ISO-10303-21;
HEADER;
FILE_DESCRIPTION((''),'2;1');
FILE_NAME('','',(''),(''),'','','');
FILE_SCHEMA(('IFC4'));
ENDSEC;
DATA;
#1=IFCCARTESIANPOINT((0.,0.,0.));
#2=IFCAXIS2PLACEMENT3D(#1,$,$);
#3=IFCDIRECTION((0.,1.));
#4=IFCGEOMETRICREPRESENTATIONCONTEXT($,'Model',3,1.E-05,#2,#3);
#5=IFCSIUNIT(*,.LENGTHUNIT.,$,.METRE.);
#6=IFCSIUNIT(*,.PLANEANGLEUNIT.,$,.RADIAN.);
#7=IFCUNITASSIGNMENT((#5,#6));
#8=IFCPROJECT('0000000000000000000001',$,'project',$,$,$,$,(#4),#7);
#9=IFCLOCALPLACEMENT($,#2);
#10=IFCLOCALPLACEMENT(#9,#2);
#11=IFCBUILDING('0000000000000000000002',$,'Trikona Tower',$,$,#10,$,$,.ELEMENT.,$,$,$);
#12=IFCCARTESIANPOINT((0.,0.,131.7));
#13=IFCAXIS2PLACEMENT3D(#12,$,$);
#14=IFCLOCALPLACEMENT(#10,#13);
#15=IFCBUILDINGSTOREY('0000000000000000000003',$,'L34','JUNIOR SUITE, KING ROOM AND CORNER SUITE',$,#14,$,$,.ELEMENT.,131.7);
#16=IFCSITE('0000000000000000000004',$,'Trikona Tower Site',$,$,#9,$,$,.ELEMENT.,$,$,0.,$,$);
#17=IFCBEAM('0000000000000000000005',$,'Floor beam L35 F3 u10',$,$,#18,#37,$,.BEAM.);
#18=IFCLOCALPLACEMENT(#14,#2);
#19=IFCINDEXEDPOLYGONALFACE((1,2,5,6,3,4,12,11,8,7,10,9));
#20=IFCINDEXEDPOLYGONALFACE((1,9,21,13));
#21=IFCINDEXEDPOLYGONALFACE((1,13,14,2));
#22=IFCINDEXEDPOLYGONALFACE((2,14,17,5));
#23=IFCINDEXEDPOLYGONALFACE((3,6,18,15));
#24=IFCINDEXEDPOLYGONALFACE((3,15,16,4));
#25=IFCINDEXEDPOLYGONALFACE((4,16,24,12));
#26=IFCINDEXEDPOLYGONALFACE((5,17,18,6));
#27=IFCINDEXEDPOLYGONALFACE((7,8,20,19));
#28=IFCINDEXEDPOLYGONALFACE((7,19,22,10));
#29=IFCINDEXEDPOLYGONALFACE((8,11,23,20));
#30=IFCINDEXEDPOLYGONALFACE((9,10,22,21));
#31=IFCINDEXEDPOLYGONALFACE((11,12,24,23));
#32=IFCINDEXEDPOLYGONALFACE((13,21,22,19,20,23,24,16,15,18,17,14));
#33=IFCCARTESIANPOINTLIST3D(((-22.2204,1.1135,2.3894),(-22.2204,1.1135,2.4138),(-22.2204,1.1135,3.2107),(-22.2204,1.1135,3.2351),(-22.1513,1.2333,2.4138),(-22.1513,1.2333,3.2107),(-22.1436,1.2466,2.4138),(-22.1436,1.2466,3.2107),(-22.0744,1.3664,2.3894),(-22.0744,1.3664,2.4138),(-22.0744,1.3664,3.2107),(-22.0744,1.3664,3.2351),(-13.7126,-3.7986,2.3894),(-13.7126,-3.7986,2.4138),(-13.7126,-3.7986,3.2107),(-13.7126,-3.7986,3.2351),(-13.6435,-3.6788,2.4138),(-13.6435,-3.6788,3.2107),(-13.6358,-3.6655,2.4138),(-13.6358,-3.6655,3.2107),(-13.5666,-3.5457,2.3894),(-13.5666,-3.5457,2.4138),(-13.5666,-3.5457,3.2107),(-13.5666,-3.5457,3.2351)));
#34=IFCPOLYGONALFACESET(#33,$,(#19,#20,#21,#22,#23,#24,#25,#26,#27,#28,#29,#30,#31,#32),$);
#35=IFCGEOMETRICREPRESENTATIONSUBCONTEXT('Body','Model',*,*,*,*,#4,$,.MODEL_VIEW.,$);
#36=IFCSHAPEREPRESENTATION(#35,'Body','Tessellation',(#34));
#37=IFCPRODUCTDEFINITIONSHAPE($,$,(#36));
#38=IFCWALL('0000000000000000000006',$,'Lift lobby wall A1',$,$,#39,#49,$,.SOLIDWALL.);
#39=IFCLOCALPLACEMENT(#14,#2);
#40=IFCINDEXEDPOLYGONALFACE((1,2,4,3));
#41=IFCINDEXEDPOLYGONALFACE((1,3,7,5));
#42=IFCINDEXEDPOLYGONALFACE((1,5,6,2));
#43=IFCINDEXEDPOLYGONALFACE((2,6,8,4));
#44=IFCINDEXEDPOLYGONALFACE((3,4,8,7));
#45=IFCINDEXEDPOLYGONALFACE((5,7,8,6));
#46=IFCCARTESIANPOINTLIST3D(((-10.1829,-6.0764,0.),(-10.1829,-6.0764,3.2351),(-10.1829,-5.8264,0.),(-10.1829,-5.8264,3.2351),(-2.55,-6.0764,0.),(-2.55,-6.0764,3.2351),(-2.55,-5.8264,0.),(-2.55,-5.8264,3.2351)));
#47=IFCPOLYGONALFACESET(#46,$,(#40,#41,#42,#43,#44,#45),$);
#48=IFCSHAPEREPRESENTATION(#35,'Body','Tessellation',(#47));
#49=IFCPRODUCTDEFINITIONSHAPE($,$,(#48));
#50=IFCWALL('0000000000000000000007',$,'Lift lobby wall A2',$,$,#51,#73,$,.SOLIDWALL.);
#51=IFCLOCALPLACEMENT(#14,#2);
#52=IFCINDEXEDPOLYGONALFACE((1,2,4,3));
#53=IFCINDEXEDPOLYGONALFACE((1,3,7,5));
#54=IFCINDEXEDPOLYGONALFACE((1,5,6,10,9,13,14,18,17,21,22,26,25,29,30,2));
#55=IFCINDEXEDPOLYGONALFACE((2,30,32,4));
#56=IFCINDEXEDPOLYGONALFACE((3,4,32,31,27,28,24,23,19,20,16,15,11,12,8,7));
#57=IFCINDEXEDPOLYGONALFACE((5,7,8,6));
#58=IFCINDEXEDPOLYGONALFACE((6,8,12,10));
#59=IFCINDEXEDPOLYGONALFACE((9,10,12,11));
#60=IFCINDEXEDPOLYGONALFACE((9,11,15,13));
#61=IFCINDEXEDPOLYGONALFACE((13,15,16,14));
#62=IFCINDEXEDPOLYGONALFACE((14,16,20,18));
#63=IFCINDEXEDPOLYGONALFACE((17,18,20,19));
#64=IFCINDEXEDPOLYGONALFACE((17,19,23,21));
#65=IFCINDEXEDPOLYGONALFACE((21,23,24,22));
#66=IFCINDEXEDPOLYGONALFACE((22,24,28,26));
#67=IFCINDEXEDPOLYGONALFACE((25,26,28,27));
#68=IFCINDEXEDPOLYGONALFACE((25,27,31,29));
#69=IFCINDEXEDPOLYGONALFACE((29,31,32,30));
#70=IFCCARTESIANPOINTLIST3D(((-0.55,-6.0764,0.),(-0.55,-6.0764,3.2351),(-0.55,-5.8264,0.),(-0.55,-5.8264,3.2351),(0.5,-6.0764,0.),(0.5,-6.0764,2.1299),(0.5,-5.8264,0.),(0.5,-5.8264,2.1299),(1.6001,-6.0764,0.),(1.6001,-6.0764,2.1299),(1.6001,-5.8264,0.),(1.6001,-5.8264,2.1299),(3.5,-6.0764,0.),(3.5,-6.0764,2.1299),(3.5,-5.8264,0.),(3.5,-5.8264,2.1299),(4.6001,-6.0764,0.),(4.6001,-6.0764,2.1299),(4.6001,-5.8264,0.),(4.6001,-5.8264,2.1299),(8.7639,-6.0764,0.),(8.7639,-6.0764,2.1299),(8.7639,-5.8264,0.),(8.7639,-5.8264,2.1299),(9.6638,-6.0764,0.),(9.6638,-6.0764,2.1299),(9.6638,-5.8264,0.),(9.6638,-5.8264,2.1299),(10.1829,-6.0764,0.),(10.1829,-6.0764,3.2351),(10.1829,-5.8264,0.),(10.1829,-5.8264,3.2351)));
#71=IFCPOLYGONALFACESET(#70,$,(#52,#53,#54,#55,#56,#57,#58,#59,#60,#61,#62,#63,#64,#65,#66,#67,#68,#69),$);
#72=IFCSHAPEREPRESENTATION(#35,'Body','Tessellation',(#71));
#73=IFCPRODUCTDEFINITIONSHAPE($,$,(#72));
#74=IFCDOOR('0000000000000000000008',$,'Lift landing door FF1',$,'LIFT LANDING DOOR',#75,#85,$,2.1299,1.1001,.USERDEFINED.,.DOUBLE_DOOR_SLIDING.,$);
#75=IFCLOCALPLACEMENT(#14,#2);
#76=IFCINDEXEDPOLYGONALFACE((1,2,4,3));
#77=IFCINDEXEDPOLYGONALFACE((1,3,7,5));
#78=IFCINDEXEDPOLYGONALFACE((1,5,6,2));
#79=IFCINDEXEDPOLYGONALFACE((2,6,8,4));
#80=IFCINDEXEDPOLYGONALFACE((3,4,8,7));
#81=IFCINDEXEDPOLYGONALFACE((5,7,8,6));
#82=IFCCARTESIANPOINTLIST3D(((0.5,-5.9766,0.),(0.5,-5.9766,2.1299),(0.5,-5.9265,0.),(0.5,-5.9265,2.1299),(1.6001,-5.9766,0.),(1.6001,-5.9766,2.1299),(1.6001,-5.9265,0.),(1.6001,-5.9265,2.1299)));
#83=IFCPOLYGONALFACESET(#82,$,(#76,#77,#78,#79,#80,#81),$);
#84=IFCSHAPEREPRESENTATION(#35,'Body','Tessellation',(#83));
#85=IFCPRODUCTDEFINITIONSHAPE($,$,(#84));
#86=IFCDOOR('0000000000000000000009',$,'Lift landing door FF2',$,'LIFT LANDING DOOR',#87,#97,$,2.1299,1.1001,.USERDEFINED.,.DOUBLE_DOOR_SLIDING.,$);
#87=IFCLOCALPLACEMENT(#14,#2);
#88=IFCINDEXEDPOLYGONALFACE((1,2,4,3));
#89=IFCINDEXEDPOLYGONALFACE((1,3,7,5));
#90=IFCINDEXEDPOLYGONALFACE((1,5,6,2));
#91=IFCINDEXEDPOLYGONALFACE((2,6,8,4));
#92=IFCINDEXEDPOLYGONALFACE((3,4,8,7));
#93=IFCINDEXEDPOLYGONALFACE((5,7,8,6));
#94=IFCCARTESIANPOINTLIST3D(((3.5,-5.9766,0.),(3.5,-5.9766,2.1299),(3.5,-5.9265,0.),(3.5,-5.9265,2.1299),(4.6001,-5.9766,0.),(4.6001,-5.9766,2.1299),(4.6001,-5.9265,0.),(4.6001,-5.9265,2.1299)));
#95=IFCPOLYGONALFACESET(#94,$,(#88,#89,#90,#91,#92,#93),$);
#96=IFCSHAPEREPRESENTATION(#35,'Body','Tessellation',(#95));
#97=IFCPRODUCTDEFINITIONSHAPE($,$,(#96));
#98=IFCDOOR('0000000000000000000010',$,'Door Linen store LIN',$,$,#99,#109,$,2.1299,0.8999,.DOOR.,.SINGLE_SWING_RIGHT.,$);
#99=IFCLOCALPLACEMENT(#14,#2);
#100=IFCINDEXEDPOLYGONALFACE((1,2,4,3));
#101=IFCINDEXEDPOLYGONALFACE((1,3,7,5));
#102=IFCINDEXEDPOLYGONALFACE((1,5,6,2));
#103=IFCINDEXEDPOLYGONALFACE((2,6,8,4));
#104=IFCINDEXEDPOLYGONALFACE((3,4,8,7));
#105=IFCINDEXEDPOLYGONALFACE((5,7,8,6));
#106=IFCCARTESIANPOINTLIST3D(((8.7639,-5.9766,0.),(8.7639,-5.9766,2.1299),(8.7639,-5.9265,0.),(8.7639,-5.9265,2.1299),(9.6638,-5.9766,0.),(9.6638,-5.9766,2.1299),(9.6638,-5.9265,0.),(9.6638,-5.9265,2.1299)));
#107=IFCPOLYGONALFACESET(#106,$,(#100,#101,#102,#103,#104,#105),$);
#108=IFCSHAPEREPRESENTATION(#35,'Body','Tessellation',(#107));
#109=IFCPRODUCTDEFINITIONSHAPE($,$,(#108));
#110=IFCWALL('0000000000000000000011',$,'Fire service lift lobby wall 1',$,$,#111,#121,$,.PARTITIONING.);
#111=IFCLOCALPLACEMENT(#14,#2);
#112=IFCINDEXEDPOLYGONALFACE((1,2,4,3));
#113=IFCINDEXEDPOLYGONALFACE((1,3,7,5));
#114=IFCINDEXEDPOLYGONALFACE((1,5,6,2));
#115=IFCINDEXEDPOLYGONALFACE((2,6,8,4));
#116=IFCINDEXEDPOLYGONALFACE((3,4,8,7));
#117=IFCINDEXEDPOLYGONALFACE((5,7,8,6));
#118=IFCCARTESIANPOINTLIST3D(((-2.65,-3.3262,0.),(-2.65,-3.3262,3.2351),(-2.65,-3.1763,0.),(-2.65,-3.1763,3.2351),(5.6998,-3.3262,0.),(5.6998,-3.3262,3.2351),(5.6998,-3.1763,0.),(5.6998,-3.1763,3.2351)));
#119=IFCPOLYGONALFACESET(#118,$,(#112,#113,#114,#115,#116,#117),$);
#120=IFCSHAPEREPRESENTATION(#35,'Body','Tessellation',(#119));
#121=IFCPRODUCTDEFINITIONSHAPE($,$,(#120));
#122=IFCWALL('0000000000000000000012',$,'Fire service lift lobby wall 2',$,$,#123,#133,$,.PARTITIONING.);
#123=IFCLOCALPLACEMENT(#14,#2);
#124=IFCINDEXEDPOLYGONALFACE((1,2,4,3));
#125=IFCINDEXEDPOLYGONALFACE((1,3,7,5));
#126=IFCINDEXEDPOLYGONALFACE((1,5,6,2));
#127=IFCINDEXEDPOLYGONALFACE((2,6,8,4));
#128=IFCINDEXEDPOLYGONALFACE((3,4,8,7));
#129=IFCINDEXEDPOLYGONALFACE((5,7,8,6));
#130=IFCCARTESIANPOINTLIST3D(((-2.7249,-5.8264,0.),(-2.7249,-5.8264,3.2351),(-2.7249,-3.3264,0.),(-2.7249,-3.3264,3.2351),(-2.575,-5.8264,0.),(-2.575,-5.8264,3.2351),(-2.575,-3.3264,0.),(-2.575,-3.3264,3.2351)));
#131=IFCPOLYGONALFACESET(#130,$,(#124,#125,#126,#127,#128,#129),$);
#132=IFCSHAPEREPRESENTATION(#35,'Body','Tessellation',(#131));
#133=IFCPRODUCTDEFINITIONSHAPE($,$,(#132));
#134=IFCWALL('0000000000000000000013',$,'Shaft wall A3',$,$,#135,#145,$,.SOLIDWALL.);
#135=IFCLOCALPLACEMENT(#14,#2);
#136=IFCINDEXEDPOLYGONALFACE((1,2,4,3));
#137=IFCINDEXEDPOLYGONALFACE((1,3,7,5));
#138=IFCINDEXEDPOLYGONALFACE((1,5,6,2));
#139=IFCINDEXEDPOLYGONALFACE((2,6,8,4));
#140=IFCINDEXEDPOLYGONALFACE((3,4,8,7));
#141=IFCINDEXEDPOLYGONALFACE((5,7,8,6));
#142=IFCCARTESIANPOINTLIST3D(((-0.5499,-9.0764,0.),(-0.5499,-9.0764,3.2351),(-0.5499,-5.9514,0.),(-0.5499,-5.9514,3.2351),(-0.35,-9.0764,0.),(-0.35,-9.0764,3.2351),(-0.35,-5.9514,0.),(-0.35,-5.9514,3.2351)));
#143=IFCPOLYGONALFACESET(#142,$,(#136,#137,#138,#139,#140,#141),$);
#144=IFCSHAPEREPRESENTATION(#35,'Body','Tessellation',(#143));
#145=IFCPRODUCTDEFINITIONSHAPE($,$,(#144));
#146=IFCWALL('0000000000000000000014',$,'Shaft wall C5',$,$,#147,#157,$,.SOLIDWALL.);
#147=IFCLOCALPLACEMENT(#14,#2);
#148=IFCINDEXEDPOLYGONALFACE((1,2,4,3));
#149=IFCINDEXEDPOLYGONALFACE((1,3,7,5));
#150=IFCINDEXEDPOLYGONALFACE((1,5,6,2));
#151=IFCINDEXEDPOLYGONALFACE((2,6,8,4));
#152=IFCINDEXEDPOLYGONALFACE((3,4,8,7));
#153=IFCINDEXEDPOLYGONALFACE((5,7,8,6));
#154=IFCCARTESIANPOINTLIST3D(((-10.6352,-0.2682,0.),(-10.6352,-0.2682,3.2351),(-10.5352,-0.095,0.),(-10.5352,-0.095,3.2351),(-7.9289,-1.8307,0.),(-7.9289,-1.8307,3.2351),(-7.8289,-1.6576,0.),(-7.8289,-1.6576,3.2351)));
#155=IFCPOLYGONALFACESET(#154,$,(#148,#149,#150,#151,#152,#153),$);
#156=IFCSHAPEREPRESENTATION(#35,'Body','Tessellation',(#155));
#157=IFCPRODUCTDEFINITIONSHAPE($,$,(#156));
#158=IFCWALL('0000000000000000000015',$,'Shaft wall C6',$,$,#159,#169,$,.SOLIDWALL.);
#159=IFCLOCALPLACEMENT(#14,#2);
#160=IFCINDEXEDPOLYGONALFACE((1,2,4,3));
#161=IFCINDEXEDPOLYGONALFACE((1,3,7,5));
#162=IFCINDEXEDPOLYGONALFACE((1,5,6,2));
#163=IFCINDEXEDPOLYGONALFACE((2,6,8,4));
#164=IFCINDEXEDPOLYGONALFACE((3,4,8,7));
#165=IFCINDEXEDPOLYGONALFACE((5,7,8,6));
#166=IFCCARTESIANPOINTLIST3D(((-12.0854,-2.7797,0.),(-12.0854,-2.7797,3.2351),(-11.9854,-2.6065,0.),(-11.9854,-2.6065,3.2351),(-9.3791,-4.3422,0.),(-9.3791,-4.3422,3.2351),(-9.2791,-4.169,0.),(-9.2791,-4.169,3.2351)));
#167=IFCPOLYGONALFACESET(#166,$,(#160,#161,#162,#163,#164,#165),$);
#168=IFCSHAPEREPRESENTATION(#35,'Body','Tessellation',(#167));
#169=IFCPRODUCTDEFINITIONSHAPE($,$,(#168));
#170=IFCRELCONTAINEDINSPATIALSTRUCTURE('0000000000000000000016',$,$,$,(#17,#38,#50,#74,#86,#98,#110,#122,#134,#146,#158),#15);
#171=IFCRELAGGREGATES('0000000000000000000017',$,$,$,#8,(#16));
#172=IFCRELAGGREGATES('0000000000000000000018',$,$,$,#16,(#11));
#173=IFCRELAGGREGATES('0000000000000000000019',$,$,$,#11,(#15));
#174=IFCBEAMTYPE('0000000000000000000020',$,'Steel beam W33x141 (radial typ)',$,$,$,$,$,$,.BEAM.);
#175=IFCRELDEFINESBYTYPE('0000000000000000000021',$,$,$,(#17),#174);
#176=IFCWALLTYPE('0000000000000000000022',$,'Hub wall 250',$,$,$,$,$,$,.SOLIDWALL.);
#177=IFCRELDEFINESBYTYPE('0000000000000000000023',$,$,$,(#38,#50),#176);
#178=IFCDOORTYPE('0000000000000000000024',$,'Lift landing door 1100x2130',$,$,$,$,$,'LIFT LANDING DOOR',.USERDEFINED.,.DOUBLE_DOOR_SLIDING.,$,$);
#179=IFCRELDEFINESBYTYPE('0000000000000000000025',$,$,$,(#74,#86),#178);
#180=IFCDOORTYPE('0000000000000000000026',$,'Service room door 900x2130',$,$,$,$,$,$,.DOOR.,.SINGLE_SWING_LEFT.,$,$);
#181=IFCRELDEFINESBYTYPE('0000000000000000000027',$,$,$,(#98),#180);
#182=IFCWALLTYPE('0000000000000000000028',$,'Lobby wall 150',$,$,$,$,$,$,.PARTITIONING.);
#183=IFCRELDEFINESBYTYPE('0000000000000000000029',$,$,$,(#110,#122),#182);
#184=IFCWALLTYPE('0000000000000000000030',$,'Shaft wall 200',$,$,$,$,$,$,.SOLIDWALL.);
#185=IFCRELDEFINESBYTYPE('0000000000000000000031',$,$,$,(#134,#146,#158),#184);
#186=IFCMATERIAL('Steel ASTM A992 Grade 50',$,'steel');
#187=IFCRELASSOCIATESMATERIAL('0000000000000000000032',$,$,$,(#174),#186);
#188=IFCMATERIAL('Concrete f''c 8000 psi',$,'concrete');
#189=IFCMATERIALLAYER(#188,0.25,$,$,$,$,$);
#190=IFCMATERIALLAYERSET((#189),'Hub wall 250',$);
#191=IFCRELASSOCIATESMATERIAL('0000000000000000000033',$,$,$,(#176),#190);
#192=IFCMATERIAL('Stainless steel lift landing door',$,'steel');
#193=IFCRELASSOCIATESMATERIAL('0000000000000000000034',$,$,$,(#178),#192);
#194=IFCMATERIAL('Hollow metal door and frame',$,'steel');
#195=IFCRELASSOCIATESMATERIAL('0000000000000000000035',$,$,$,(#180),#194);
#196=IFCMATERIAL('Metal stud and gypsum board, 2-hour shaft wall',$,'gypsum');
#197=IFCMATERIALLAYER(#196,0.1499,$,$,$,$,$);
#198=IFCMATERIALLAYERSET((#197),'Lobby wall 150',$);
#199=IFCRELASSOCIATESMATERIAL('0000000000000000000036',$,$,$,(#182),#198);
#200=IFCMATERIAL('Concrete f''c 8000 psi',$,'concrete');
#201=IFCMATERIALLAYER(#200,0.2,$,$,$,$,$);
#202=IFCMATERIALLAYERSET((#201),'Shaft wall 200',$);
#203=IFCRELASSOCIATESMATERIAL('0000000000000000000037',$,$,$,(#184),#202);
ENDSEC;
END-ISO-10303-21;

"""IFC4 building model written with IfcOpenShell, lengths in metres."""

from ifc_helpers import new_model, si_unit, direction, frame, frame_2d, origin, origin_2d, place, context, subcontext, project, spatial, rectangle, i_section, extrude, material, layer, layer_set, material_profile, profile_set, type_object, element, fill, save


model = new_model("IFC4")

# Units and contexts
model_context = context("Model", 3, precision=1e-05, world=origin(), true_north=direction((0.0, 1.0)))
body_context = subcontext(model_context, "Body", "Model", "MODEL_VIEW")
ifc_project = project(units=[si_unit("LENGTHUNIT", "METRE"), si_unit("PLANEANGLEUNIT", "RADIAN")], contexts=[model_context])

# Site, building, storey
site_placement = place(None, origin())
site = spatial("IfcSite", under=ifc_project, at=site_placement, Name="Trikona Tower Site", CompositionType="ELEMENT", RefElevation=0.0)
building_placement = place(site_placement, origin())
building = spatial("IfcBuilding", under=site, at=building_placement, Name="Trikona Tower", CompositionType="ELEMENT")
storey_placement = place(building_placement, frame((0.0, 0.0, 131.7)))
storey = spatial("IfcBuildingStorey", under=building, at=storey_placement, Name="L34", Description="JUNIOR SUITE, KING ROOM AND CORNER SUITE", CompositionType="ELEMENT", Elevation=131.7)

# Beam
ifc_material_1 = material(Name="Steel ASTM A992 Grade 50", Category="steel")
ifc_material_profile = material_profile(ifc_material_1, i_section(OverallWidth=0.292, OverallDepth=0.8457, WebThickness=0.0154, FlangeThickness=0.0244, at=origin_2d()), Name="W33X141")
ifc_profile_set = profile_set([ifc_material_profile], Name="Steel ASTM A992 Grade 50")
beam_type = type_object("IfcBeamType", Name="Steel beam W33x141 (radial typ)", PredefinedType="BEAM", material=ifc_profile_set)
beam_placement = place(storey_placement, frame((-13.6396, -3.6721, 2.8123), z_axis=(-0.86602, 0.500009, 0.0), x_axis=(-0.500009, -0.86602, 0.0)))
element("IfcBeam", 1, at=beam_placement, inside=storey, type_object=beam_type, Name="Floor beam L35 F3 u10", PredefinedType="BEAM", context=body_context, shape_type="SweptSolid", body=[
    extrude(i_section(OverallWidth=0.292, OverallDepth=0.8457, WebThickness=0.0154, FlangeThickness=0.0244, at=origin_2d()), origin(), (0.0, 0.0, 1.0), 9.824),
])

# Wall
ifc_material_2 = material(Name="Concrete f'c 8000 psi", Category="concrete")
ifc_layer_1 = layer(ifc_material_2, 0.25)
ifc_layer_set_1 = layer_set([ifc_layer_1], Name="Hub wall 250")
wall_type_1 = type_object("IfcWallType", Name="Hub wall 250", PredefinedType="SOLIDWALL", material=ifc_layer_set_1)
wall_1_placement = place(storey_placement, frame((-10.1829, -5.9514, 0.0), z_axis=(0.0, 0.0, 1.0), x_axis=(1.0, 0.0, 0.0)))
element("IfcWall", 2, at=wall_1_placement, inside=storey, type_object=wall_type_1, Name="Lift lobby wall A1", PredefinedType="SOLIDWALL", context=body_context, shape_type="SweptSolid", body=[
    extrude(rectangle(XDim=7.6328, YDim=0.25, at=frame_2d((3.8164, 0.0))), origin(), (0.0, 0.0, 1.0), 3.2351),
])

# Wall, openings, doors
wall_2_placement = place(storey_placement, frame((-0.55, -5.9514, 0.0), z_axis=(0.0, 0.0, 1.0), x_axis=(1.0, 0.0, 0.0)))
wall_2 = element("IfcWall", 3, at=wall_2_placement, inside=storey, type_object=wall_type_1, Name="Lift lobby wall A2", PredefinedType="SOLIDWALL", context=body_context, shape_type="SweptSolid", body=[
    extrude(rectangle(XDim=10.7329, YDim=0.25, at=frame_2d((5.3665, 0.0))), origin(), (0.0, 0.0, 1.0), 3.2351),
])
opening_1_placement = place(wall_2_placement, frame((9.314, 0.0, 0.0)))
opening_1 = element("IfcOpeningElement", 4, at=opening_1_placement, cuts=wall_2, PredefinedType="OPENING", context=body_context, shape_type="SweptSolid", body=[
    extrude(rectangle(XDim=0.8999, YDim=2.1299, at=frame_2d((0.45, 1.0649))), frame((0.0, 0.135, 0.0), z_axis=(0.0, -1.0, 0.0), x_axis=(1.0, 0.0, 0.0)), (0.0, 0.0, 1.0), 0.27),
])
opening_2_placement = place(wall_2_placement, frame((1.05, 0.0, 0.0)))
opening_2 = element("IfcOpeningElement", 5, at=opening_2_placement, cuts=wall_2, PredefinedType="OPENING", context=body_context, shape_type="SweptSolid", body=[
    extrude(rectangle(XDim=1.1001, YDim=2.1299, at=frame_2d((0.55, 1.0649))), frame((0.0, 0.135, 0.0), z_axis=(0.0, -1.0, 0.0), x_axis=(1.0, 0.0, 0.0)), (0.0, 0.0, 1.0), 0.27),
])
opening_3_placement = place(wall_2_placement, frame((4.05, 0.0, 0.0)))
opening_3 = element("IfcOpeningElement", 6, at=opening_3_placement, cuts=wall_2, PredefinedType="OPENING", context=body_context, shape_type="SweptSolid", body=[
    extrude(rectangle(XDim=1.1001, YDim=2.1299, at=frame_2d((0.55, 1.0649))), frame((0.0, 0.135, 0.0), z_axis=(0.0, -1.0, 0.0), x_axis=(1.0, 0.0, 0.0)), (0.0, 0.0, 1.0), 0.27),
])
ifc_material_3 = material(Name="Stainless steel lift landing door", Category="steel")
door_type_1 = type_object("IfcDoorType", Name="Lift landing door 1100x2130", ElementType="LIFT LANDING DOOR", OperationType="DOUBLE_DOOR_SLIDING", PredefinedType="USERDEFINED", material=ifc_material_3)
door_1_placement = place(opening_2_placement, origin())
door_1 = element("IfcDoor", 7, at=door_1_placement, inside=storey, type_object=door_type_1, Name="Lift landing door FF1", ObjectType="LIFT LANDING DOOR", OperationType="DOUBLE_DOOR_SLIDING", OverallHeight=2.1299, OverallWidth=1.1001, PredefinedType="USERDEFINED", context=body_context, shape_type="SweptSolid", body=[
    extrude(rectangle(XDim=1.1001, YDim=2.1299, at=frame_2d((0.55, 1.0649))), frame((0.0, 0.0249, 0.0), z_axis=(0.0, -1.0, 0.0), x_axis=(1.0, 0.0, 0.0)), (0.0, 0.0, 1.0), 0.05),
])
fill(opening_2, door_1)
door_2_placement = place(opening_3_placement, origin())
door_2 = element("IfcDoor", 8, at=door_2_placement, inside=storey, type_object=door_type_1, Name="Lift landing door FF2", ObjectType="LIFT LANDING DOOR", OperationType="DOUBLE_DOOR_SLIDING", OverallHeight=2.1299, OverallWidth=1.1001, PredefinedType="USERDEFINED", context=body_context, shape_type="SweptSolid", body=[
    extrude(rectangle(XDim=1.1001, YDim=2.1299, at=frame_2d((0.55, 1.0649))), frame((0.0, 0.0249, 0.0), z_axis=(0.0, -1.0, 0.0), x_axis=(1.0, 0.0, 0.0)), (0.0, 0.0, 1.0), 0.05),
])
fill(opening_3, door_2)
ifc_material_4 = material(Name="Hollow metal door and frame", Category="steel")
door_type_2 = type_object("IfcDoorType", Name="Service room door 900x2130", OperationType="SINGLE_SWING_LEFT", PredefinedType="DOOR", material=ifc_material_4)
door_3_placement = place(opening_1_placement, origin())
door_3 = element("IfcDoor", 9, at=door_3_placement, inside=storey, type_object=door_type_2, Name="Door Linen store LIN", OperationType="SINGLE_SWING_RIGHT", OverallHeight=2.1299, OverallWidth=0.8999, PredefinedType="DOOR", context=body_context, shape_type="SweptSolid", body=[
    extrude(rectangle(XDim=0.8999, YDim=2.1299, at=frame_2d((0.45, 1.0649))), frame((0.0, 0.0249, 0.0), z_axis=(0.0, -1.0, 0.0), x_axis=(1.0, 0.0, 0.0)), (0.0, 0.0, 1.0), 0.05),
])
fill(opening_1, door_3)

# Walls
ifc_material_5 = material(Name="Metal stud and gypsum board, 2-hour shaft wall", Category="gypsum")
ifc_layer_2 = layer(ifc_material_5, 0.1499)
ifc_layer_set_2 = layer_set([ifc_layer_2], Name="Lobby wall 150")
wall_type_2 = type_object("IfcWallType", Name="Lobby wall 150", PredefinedType="PARTITIONING", material=ifc_layer_set_2)
wall_3_placement = place(storey_placement, frame((-2.6499, -3.2512, 0.0), z_axis=(0.0, 0.0, 1.0), x_axis=(1.0, 0.0, 0.0)))
element("IfcWall", 10, at=wall_3_placement, inside=storey, type_object=wall_type_2, Name="Fire service lift lobby wall 1", PredefinedType="PARTITIONING", context=body_context, shape_type="SweptSolid", body=[
    extrude(rectangle(XDim=8.3499, YDim=0.1499, at=frame_2d((4.1748, 0.0))), origin(), (0.0, 0.0, 1.0), 3.2351),
])
wall_4_placement = place(storey_placement, frame((-2.6499, -5.8264, 0.0), z_axis=(0.0, 0.0, 1.0), x_axis=(0.0, 1.0, 0.0)))
element("IfcWall", 11, at=wall_4_placement, inside=storey, type_object=wall_type_2, Name="Fire service lift lobby wall 2", PredefinedType="PARTITIONING", context=body_context, shape_type="SweptSolid", body=[
    extrude(rectangle(XDim=2.5, YDim=0.1499, at=frame_2d((1.25, 0.0))), origin(), (0.0, 0.0, 1.0), 3.2351),
])
ifc_material_6 = material(Name="Concrete f'c 8000 psi", Category="concrete")
ifc_layer_3 = layer(ifc_material_6, 0.2)
ifc_layer_set_3 = layer_set([ifc_layer_3], Name="Shaft wall 200")
wall_type_3 = type_object("IfcWallType", Name="Shaft wall 200", PredefinedType="SOLIDWALL", material=ifc_layer_set_3)
for number, where, z_axis, x_axis, name in (
    (12, (-0.45, -5.9514, 0.0), (0.0, 0.0, 1.0), (0.0, -1.0, 0.0), "Shaft wall A3"),
    (13, (-7.8789, -1.7441, 0.0), (0.0, 0.0, 1.0), (-0.866023, 0.500004, 0.0), "Shaft wall C5"),
    (14, (-9.3291, -4.2556, 0.0), (0.0, 0.0, 1.0), (-0.866023, 0.500004, 0.0), "Shaft wall C6"),
):
    element("IfcWall", number, at=place(storey_placement, frame(where, z_axis=z_axis, x_axis=x_axis)), inside=storey, type_object=wall_type_3, Name=name, PredefinedType="SOLIDWALL", context=body_context, shape_type="SweptSolid", body=[
        extrude(rectangle(XDim=3.125, YDim=0.2, at=frame_2d((1.5625, 0.0))), origin(), (0.0, 0.0, 1.0), 3.2351),
    ])

save(model, "model.ifc")
